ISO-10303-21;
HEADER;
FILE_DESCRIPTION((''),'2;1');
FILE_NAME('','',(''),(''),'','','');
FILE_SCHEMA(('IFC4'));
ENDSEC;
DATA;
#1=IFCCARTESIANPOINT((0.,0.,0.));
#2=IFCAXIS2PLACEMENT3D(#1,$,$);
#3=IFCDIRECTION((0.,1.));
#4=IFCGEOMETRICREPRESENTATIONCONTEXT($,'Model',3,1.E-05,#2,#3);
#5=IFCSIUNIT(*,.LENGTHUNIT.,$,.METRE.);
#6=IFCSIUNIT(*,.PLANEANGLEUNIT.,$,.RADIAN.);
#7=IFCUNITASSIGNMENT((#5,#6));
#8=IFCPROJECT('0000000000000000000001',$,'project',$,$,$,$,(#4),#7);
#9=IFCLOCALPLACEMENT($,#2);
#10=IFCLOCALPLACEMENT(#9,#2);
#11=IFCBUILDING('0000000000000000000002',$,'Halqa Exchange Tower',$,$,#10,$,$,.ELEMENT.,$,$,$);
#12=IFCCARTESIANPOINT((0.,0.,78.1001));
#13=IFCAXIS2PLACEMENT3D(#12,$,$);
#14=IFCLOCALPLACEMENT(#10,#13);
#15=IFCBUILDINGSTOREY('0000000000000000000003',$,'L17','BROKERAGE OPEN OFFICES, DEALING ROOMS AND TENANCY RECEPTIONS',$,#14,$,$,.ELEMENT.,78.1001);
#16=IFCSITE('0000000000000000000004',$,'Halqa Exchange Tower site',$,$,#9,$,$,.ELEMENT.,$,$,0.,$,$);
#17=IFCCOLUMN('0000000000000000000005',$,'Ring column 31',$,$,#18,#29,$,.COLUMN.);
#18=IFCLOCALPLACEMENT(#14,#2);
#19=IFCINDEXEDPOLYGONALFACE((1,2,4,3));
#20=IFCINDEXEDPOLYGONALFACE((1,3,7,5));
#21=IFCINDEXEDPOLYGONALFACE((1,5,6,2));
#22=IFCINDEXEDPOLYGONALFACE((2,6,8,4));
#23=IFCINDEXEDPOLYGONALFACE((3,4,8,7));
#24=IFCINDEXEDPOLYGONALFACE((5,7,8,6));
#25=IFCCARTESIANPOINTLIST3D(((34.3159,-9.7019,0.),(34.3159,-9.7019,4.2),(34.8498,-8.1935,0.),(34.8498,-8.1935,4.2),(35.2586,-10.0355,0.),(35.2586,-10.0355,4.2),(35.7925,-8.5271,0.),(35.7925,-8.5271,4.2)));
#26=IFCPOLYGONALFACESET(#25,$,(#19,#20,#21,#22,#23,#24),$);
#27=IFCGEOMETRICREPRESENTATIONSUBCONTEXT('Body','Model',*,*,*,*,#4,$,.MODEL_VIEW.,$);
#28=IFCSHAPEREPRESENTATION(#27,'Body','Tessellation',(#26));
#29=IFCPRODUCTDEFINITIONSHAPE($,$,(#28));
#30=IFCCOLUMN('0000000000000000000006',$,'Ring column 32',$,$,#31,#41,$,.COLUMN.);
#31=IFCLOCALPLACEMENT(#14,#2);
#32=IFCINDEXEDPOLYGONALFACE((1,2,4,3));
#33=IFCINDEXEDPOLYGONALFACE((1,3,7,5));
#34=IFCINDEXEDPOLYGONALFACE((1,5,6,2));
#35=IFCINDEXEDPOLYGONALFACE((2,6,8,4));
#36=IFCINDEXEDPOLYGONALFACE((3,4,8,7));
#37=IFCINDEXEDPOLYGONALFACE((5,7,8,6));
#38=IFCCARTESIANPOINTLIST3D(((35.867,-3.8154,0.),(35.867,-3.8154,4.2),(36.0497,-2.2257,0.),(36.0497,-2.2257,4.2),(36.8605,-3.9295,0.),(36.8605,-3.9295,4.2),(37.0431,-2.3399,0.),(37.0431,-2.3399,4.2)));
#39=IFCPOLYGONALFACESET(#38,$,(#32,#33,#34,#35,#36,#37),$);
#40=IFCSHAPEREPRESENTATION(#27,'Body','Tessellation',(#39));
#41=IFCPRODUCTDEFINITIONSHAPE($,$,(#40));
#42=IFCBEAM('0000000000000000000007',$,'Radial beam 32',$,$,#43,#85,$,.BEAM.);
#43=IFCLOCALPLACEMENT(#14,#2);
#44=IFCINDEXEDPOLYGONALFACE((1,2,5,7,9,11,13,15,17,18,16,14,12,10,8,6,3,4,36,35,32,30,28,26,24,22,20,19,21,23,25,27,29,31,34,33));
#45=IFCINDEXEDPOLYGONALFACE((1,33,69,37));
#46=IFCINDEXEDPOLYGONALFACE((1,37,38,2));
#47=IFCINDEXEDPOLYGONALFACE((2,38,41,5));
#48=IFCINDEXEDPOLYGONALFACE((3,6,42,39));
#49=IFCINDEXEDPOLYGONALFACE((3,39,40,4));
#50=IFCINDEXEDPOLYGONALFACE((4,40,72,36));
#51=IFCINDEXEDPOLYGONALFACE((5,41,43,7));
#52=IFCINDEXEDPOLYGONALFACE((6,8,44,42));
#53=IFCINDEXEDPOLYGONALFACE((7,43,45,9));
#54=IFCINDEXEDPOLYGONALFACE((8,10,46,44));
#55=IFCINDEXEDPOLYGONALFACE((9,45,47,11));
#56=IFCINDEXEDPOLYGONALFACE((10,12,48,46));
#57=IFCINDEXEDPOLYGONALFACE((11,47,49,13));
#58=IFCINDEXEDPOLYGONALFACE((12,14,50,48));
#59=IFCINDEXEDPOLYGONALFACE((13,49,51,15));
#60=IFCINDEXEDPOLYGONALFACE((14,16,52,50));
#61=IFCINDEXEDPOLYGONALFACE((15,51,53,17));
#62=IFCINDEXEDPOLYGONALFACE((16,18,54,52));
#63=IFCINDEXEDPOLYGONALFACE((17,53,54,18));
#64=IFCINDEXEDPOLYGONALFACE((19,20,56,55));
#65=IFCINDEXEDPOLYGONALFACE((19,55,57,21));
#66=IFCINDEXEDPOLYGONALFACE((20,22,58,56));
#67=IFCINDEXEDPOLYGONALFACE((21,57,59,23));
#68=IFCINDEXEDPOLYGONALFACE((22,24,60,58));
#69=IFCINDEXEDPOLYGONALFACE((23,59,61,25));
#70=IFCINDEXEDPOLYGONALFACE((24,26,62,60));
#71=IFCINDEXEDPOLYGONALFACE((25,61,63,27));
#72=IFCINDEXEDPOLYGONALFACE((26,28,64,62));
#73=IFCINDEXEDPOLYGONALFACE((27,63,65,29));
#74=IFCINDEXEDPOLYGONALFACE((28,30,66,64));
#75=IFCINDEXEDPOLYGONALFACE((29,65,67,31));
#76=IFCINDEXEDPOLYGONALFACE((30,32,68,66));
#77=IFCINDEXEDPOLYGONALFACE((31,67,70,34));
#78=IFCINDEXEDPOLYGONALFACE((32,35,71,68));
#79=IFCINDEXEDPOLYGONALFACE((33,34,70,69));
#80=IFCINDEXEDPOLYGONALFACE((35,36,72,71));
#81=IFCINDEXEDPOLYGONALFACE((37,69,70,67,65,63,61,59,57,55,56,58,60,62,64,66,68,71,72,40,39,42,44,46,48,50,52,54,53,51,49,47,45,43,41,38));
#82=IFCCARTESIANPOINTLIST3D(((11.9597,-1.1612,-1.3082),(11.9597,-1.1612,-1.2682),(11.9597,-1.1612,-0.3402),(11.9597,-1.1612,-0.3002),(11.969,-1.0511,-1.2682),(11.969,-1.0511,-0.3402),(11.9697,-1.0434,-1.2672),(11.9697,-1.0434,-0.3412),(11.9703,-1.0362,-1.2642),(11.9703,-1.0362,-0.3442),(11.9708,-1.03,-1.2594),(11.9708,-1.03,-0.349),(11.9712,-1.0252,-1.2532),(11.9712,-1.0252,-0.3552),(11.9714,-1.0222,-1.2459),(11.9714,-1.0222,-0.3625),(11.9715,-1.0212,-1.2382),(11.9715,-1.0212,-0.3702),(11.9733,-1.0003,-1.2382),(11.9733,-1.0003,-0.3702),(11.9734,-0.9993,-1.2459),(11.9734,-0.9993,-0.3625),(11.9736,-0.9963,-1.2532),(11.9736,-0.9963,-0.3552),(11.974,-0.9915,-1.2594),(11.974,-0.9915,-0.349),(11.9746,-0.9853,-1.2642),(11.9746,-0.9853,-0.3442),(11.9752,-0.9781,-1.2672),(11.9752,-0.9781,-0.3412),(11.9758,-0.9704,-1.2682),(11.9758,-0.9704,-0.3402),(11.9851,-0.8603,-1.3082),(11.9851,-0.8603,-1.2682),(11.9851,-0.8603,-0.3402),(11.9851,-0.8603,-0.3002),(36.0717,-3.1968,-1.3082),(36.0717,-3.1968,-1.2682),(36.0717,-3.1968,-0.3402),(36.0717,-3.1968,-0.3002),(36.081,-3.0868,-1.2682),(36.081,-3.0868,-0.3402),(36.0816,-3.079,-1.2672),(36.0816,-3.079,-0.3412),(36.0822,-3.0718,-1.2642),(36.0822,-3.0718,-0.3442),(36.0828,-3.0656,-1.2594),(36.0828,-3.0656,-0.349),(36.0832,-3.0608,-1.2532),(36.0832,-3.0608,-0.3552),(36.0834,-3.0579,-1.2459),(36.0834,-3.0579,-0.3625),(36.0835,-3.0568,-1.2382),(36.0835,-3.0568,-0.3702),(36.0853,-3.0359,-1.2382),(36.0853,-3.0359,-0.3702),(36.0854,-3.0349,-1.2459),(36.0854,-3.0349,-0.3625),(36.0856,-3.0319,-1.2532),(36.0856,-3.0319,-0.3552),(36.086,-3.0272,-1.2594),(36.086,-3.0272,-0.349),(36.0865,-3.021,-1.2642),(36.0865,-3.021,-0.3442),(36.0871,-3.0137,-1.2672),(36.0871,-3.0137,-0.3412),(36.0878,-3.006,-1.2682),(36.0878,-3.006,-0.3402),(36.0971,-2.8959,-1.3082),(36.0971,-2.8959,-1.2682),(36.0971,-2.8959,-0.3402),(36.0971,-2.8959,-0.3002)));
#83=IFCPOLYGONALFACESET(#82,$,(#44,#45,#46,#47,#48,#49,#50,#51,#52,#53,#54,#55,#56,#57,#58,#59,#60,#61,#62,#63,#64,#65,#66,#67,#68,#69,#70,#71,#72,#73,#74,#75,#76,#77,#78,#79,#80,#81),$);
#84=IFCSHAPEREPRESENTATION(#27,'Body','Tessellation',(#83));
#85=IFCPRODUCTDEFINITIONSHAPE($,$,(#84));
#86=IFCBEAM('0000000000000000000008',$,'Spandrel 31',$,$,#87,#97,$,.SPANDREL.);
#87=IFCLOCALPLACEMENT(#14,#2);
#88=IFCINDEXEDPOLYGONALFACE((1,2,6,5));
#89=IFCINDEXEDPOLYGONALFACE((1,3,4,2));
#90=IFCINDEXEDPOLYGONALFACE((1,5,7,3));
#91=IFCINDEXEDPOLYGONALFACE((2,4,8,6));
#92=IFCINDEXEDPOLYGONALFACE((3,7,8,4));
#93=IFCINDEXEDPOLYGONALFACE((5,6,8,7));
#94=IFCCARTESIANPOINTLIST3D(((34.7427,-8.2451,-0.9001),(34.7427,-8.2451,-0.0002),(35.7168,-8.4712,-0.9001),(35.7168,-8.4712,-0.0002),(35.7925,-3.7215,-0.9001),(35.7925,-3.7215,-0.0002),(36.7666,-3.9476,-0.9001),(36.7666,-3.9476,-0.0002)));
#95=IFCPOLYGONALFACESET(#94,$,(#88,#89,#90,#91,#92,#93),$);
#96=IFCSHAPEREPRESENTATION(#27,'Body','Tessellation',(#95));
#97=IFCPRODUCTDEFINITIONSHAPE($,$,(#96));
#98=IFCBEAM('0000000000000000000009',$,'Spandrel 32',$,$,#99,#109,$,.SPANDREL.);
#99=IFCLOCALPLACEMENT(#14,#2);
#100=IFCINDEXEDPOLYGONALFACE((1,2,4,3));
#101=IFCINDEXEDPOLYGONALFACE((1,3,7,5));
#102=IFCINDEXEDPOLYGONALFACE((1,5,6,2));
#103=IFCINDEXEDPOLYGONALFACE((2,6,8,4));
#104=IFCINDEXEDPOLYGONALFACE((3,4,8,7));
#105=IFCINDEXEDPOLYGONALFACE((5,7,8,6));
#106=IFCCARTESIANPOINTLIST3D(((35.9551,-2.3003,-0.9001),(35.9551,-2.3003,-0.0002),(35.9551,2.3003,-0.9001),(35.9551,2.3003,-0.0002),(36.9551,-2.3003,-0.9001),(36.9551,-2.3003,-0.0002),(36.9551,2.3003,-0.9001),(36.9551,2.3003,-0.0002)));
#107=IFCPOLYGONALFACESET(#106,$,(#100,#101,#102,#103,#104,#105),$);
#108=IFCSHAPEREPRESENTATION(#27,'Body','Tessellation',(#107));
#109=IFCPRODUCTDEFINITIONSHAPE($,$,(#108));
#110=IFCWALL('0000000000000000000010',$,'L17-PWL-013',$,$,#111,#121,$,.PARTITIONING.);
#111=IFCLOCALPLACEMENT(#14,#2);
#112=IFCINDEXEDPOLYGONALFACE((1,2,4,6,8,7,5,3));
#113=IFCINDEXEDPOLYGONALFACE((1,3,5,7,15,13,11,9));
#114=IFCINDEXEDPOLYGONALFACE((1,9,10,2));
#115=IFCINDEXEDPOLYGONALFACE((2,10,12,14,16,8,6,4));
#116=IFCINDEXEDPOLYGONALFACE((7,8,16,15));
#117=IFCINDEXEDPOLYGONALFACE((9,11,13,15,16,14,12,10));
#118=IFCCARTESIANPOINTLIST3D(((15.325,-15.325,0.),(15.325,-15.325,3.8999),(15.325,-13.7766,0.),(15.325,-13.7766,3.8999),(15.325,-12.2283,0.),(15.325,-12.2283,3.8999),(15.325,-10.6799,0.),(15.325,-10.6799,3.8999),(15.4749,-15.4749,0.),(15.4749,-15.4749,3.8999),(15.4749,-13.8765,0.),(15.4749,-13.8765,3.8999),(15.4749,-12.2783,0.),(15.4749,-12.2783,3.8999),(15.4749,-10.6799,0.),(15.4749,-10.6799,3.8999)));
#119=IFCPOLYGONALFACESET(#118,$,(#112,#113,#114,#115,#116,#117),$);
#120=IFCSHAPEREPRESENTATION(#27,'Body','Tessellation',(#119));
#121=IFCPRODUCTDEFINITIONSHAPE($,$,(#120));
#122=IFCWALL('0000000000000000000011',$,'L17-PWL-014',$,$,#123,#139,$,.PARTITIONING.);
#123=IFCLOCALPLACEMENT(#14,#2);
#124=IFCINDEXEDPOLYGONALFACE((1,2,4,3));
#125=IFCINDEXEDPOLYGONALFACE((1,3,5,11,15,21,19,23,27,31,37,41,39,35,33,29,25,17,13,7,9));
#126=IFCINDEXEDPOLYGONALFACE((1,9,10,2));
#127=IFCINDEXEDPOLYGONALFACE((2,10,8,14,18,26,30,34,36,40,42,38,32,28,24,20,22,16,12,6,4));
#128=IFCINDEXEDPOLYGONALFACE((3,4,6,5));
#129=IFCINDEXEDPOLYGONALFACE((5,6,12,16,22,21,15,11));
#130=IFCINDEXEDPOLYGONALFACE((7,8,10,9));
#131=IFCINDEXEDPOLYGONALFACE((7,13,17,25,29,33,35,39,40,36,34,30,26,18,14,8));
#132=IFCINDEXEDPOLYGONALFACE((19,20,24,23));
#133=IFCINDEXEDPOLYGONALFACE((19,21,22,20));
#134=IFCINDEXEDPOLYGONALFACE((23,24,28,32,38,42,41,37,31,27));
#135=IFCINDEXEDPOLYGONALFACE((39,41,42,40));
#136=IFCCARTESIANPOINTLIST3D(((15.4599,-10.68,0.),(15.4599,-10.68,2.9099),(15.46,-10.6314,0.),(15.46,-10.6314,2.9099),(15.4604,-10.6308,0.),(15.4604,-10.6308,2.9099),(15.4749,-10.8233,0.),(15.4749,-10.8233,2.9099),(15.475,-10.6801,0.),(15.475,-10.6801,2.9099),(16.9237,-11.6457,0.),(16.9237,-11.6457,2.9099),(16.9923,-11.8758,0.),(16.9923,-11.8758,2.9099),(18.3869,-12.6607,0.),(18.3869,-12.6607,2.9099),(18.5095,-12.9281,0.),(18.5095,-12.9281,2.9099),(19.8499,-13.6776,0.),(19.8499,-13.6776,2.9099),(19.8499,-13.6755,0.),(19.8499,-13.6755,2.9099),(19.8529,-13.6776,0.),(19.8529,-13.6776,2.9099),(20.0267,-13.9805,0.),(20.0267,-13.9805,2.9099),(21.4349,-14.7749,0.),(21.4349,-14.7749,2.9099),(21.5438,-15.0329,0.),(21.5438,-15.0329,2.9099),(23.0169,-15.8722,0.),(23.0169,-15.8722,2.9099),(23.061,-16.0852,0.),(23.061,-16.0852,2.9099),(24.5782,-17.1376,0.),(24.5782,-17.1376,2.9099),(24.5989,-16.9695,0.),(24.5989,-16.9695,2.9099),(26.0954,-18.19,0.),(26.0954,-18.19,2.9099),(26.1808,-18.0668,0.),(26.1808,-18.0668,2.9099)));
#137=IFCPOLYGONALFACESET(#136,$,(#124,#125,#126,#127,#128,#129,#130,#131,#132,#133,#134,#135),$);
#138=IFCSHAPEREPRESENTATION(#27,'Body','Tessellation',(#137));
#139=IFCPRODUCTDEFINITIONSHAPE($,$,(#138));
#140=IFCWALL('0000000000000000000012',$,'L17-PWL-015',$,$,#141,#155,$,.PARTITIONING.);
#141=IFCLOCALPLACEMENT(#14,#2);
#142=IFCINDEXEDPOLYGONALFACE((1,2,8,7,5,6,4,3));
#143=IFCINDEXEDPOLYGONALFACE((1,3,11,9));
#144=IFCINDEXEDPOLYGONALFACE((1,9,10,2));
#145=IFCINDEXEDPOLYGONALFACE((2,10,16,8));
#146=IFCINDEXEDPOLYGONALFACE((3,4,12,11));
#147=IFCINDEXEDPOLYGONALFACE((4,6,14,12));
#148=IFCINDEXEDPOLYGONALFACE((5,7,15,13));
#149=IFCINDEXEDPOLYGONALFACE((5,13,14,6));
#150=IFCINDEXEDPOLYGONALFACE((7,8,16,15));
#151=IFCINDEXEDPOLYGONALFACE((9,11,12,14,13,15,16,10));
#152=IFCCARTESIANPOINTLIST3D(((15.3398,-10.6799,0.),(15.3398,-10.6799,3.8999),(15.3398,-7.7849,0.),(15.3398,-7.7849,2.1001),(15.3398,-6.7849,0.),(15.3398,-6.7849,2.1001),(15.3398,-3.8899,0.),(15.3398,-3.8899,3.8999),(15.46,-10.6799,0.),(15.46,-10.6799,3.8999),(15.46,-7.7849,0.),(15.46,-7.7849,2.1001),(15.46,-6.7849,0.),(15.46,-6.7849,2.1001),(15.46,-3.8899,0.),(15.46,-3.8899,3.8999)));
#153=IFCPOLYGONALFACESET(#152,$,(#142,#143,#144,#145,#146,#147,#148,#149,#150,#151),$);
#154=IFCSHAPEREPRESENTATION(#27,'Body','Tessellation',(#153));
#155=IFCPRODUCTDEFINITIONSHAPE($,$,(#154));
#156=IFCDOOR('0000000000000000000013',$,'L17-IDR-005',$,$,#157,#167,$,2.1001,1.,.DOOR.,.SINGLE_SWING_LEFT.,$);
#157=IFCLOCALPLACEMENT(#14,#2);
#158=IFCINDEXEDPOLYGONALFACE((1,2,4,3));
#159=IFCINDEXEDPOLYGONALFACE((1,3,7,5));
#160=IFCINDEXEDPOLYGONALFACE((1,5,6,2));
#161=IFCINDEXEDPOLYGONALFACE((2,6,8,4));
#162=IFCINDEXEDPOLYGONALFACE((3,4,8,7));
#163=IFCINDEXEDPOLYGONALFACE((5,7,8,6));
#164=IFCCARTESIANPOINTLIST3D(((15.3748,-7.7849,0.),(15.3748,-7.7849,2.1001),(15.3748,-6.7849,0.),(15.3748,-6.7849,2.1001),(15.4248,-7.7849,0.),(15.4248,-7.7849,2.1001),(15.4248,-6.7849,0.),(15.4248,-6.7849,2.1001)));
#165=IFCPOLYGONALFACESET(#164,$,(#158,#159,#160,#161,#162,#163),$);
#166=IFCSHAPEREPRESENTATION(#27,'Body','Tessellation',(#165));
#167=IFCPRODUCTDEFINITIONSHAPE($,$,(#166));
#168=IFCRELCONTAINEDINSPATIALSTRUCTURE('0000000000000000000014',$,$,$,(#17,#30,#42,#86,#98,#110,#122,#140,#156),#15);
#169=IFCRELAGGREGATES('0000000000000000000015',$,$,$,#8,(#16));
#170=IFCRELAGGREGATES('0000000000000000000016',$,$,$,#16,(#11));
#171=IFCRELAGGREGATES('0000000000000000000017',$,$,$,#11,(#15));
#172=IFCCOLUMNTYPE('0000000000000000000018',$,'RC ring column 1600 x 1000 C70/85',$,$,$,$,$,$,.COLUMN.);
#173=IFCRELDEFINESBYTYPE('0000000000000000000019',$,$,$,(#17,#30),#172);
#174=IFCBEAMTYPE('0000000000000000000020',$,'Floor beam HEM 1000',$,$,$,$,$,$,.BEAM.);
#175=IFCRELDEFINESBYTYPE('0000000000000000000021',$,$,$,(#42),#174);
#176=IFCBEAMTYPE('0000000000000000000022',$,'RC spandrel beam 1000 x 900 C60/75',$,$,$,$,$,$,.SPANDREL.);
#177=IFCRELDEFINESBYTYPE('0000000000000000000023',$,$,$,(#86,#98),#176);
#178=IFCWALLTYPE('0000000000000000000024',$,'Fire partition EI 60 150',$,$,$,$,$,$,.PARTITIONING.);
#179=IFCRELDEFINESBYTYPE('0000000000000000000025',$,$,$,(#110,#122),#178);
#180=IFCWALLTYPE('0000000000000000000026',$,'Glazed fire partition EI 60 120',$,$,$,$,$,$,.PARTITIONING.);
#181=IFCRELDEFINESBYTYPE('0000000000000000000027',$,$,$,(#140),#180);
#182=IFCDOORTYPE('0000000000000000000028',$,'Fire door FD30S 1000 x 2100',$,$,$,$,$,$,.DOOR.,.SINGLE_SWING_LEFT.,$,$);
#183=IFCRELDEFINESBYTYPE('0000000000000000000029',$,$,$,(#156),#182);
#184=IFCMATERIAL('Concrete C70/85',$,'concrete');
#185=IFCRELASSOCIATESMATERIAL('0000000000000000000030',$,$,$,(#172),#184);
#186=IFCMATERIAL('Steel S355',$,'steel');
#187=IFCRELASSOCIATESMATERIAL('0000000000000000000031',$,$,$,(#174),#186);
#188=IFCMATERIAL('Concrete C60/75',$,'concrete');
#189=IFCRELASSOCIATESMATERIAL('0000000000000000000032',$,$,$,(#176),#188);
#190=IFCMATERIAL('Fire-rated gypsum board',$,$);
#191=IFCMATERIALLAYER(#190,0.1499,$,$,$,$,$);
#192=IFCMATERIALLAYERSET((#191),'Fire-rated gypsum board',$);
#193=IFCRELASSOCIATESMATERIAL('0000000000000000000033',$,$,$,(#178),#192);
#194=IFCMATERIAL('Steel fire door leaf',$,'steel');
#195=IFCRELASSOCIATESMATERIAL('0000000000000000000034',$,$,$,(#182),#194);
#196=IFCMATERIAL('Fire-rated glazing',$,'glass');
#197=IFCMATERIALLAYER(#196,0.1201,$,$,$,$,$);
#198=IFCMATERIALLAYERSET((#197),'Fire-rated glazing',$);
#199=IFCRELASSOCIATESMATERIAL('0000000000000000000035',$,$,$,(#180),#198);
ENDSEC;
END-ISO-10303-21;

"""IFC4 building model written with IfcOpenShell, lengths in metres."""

from ifc_helpers import new_model, si_unit, direction, frame, frame_2d, origin, origin_2d, place, context, subcontext, project, spatial, polyline, rectangle, i_section, outline, extrude, material, layer, layer_set, material_profile, profile_set, type_object, element, fill, save


model = new_model("IFC4")

# Units and contexts
model_context = context("Model", 3, precision=1e-05, world=origin(), true_north=direction((0.0, 1.0)))
body_context = subcontext(model_context, "Body", "Model", "MODEL_VIEW")
ifc_project = project(units=[si_unit("LENGTHUNIT", "METRE"), si_unit("PLANEANGLEUNIT", "RADIAN")], contexts=[model_context])

# Site, building, storey
site_placement = place(None, origin())
site = spatial("IfcSite", under=ifc_project, at=site_placement, Name="Halqa Exchange Tower site", CompositionType="ELEMENT", RefElevation=0.0)
building_placement = place(site_placement, origin())
building = spatial("IfcBuilding", under=site, at=building_placement, Name="Halqa Exchange Tower", CompositionType="ELEMENT")
storey_placement = place(building_placement, frame((0.0, 0.0, 78.1001)))
storey = spatial("IfcBuildingStorey", under=building, at=storey_placement, Name="L17", Description="BROKERAGE OPEN OFFICES, DEALING ROOMS AND TENANCY RECEPTIONS", CompositionType="ELEMENT", Elevation=78.1001)

# Columns
ifc_material_1 = material(Name="Concrete C70/85", Category="concrete")
ifc_material_profile_1 = material_profile(ifc_material_1, rectangle(XDim=1.6001, YDim=1.0, at=origin_2d()), Name="1600 x 1000")
ifc_profile_set_1 = profile_set([ifc_material_profile_1], Name="Concrete C70/85")
column_type = type_object("IfcColumnType", Name="RC ring column 1600 x 1000 C70/85", PredefinedType="COLUMN", material=ifc_profile_set_1)
for number, where, z_axis, x_axis, name in (
    (1, (35.0542, -9.1145, 0.0), (0.0, 0.0, 1.0), (0.333624, 0.942706, 0.0), "Ring column 31"),
    (2, (36.4551, -3.0776, 0.0), (0.0, 0.0, 1.0), (0.114152, 0.993463, 0.0), "Ring column 32"),
):
    element("IfcColumn", number, at=place(storey_placement, frame(where, z_axis=z_axis, x_axis=x_axis)), inside=storey, type_object=column_type, Name=name, PredefinedType="COLUMN", context=body_context, shape_type="SweptSolid", body=[
        extrude(rectangle(XDim=1.6001, YDim=1.0, at=origin_2d()), origin(), (0.0, 0.0, 1.0), 4.2),
    ])

# Beams
ifc_material_2 = material(Name="Steel S355", Category="steel")
ifc_material_profile_2 = material_profile(ifc_material_2, i_section(OverallWidth=0.302, OverallDepth=1.0081, WebThickness=0.021, FlangeThickness=0.04, FilletRadius=0.03, at=origin_2d()), Name="HEM 1000")
ifc_profile_set_2 = profile_set([ifc_material_profile_2], Name="Steel S355")
beam_type_1 = type_object("IfcBeamType", Name="Floor beam HEM 1000", PredefinedType="BEAM", material=ifc_profile_set_2)
beam_1_placement = place(storey_placement, frame((11.9724, -1.0107, -0.8042), z_axis=(0.996455, -0.084125, 0.0), x_axis=(0.084125, 0.996455, 0.0)))
element("IfcBeam", 3, at=beam_1_placement, inside=storey, type_object=beam_type_1, Name="Radial beam 32", PredefinedType="BEAM", context=body_context, shape_type="SweptSolid", body=[
    extrude(i_section(OverallWidth=0.302, OverallDepth=1.0081, WebThickness=0.021, FlangeThickness=0.04, FilletRadius=0.03, at=origin_2d()), origin(), (0.0, 0.0, 1.0), 24.1978),
])
ifc_material_3 = material(Name="Concrete C60/75", Category="concrete")
ifc_material_profile_3 = material_profile(ifc_material_3, rectangle(XDim=1.0, YDim=0.8999, at=origin_2d()), Name="1000 x 900")
ifc_profile_set_3 = profile_set([ifc_material_profile_3], Name="Concrete C60/75")
beam_type_2 = type_object("IfcBeamType", Name="RC spandrel beam 1000 x 900 C60/75", PredefinedType="SPANDREL", material=ifc_profile_set_3)
beam_2_placement = place(storey_placement, frame((35.2297, -8.3582, -0.4502), z_axis=(0.226061, 0.974113, 0.0), x_axis=(-0.974113, 0.226061, 0.0)))
element("IfcBeam", 4, at=beam_2_placement, inside=storey, type_object=beam_type_2, Name="Spandrel 31", PredefinedType="SPANDREL", context=body_context, shape_type="SweptSolid", body=[
    extrude(rectangle(XDim=1.0, YDim=0.8999, at=origin_2d()), origin(), (0.0, 0.0, 1.0), 4.6438),
])
beam_3_placement = place(storey_placement, frame((36.4551, -2.3003, -0.4502), z_axis=(0.0, 1.0, 0.0), x_axis=(-1.0, 0.0, 0.0)))
element("IfcBeam", 5, at=beam_3_placement, inside=storey, type_object=beam_type_2, Name="Spandrel 32", PredefinedType="SPANDREL", context=body_context, shape_type="SweptSolid", body=[
    extrude(rectangle(XDim=1.0, YDim=0.8999, at=origin_2d()), origin(), (0.0, 0.0, 1.0), 4.6006),
])

# Walls
ifc_material_4 = material(Name="Fire-rated gypsum board")
ifc_layer_1 = layer(ifc_material_4, 0.1499)
ifc_layer_set_1 = layer_set([ifc_layer_1], Name="Fire-rated gypsum board")
wall_type_1 = type_object("IfcWallType", Name="Fire partition EI 60 150", PredefinedType="PARTITIONING", material=ifc_layer_set_1)
wall_1_placement = place(storey_placement, frame((15.3999, -10.6799, 0.0), z_axis=(0.0, 0.0, 1.0), x_axis=(0.0, -1.0, 0.0)))
element("IfcWall", 6, at=wall_1_placement, inside=storey, type_object=wall_type_1, Name="L17-PWL-013", PredefinedType="PARTITIONING", context=body_context, shape_type="SweptSolid", body=[
    extrude(outline(polyline([(0.0, -0.075), (1.5483, -0.075), (3.0967, -0.075), (4.645, -0.075), (4.7949, 0.075), (3.1965, 0.075), (1.5984, 0.075), (0.0, 0.075), (0.0, -0.075)])), origin(), (0.0, 0.0, 1.0), 3.8999),
])
wall_2_placement = place(storey_placement, frame((15.4177, -10.6924, 0.0), z_axis=(0.0, 0.0, 1.0), x_axis=(0.821683, -0.569944, 0.0)))
element("IfcWall", 7, at=wall_2_placement, inside=storey, type_object=wall_type_1, Name="L17-PWL-014", PredefinedType="PARTITIONING", context=body_context, shape_type="SweptSolid", body=[
    extrude(outline(polyline([(13.0469, 0.075), (11.1216, 0.075), (9.1963, 0.075), (7.271, 0.075), (5.3457, 0.075), (5.3433, 0.0732), (5.342, 0.075), (3.5615, 0.075), (1.7808, 0.075), (0.0, 0.075), (0.0, 0.0742), (0.0276, 0.0342), (0.04, 0.0427), (0.1216, -0.075), (1.9683, -0.075), (3.8147, -0.075), (5.6611, -0.075), (7.5076, -0.075), (9.354, -0.075), (11.2004, -0.075), (13.0469, -0.075), (13.0469, 0.075)])), origin(), (0.0, 0.0, 1.0), 2.9099),
])

# Wall, opening, door
ifc_material_5 = material(Name="Steel fire door leaf", Category="steel")
door_type_1 = type_object("IfcDoorType", Name="Fire door FD30S 1000 x 2100", OperationType="SINGLE_SWING_LEFT", PredefinedType="DOOR", material=ifc_material_5)
ifc_material_6 = material(Name="Fire-rated glazing", Category="glass")
ifc_layer_2 = layer(ifc_material_6, 0.1201)
ifc_layer_set_2 = layer_set([ifc_layer_2], Name="Fire-rated glazing")
wall_type_2 = type_object("IfcWallType", Name="Glazed fire partition EI 60 120", PredefinedType="PARTITIONING", material=ifc_layer_set_2)
wall_3_placement = place(storey_placement, frame((15.3999, -3.8899, 0.0), z_axis=(0.0, 0.0, 1.0), x_axis=(0.0, -1.0, 0.0)))
wall_3 = element("IfcWall", 8, at=wall_3_placement, inside=storey, type_object=wall_type_2, Name="L17-PWL-015", PredefinedType="PARTITIONING", context=body_context, shape_type="SweptSolid", body=[
    extrude(rectangle(XDim=6.79, YDim=0.1201, at=frame_2d((3.395, 0.0))), origin(), (0.0, 0.0, 1.0), 3.8999),
])
opening_1_placement = place(wall_3_placement, frame((2.895, 0.0, 0.0)))
opening_1 = element("IfcOpeningElement", 9, at=opening_1_placement, cuts=wall_3, PredefinedType="OPENING", context=body_context, shape_type="SweptSolid", body=[
    extrude(rectangle(XDim=1.0, YDim=2.1001, at=frame_2d((0.5, 1.05))), frame((0.0, 0.072, 0.0), z_axis=(0.0, -1.0, 0.0), x_axis=(1.0, 0.0, 0.0)), (0.0, 0.0, 1.0), 0.144),
])
door_1_placement = place(opening_1_placement, origin())
door_1 = element("IfcDoor", 10, at=door_1_placement, inside=storey, type_object=door_type_1, Name="L17-IDR-005", OperationType="SINGLE_SWING_LEFT", OverallHeight=2.1001, OverallWidth=1.0, PredefinedType="DOOR", context=body_context, shape_type="SweptSolid", body=[
    extrude(rectangle(XDim=1.0, YDim=2.1001, at=frame_2d((0.5, 1.05))), frame((0.0, 0.0249, 0.0), z_axis=(0.0, -1.0, 0.0), x_axis=(1.0, 0.0, 0.0)), (0.0, 0.0, 1.0), 0.05),
])
fill(opening_1, door_1)

save(model, "model.ifc")
